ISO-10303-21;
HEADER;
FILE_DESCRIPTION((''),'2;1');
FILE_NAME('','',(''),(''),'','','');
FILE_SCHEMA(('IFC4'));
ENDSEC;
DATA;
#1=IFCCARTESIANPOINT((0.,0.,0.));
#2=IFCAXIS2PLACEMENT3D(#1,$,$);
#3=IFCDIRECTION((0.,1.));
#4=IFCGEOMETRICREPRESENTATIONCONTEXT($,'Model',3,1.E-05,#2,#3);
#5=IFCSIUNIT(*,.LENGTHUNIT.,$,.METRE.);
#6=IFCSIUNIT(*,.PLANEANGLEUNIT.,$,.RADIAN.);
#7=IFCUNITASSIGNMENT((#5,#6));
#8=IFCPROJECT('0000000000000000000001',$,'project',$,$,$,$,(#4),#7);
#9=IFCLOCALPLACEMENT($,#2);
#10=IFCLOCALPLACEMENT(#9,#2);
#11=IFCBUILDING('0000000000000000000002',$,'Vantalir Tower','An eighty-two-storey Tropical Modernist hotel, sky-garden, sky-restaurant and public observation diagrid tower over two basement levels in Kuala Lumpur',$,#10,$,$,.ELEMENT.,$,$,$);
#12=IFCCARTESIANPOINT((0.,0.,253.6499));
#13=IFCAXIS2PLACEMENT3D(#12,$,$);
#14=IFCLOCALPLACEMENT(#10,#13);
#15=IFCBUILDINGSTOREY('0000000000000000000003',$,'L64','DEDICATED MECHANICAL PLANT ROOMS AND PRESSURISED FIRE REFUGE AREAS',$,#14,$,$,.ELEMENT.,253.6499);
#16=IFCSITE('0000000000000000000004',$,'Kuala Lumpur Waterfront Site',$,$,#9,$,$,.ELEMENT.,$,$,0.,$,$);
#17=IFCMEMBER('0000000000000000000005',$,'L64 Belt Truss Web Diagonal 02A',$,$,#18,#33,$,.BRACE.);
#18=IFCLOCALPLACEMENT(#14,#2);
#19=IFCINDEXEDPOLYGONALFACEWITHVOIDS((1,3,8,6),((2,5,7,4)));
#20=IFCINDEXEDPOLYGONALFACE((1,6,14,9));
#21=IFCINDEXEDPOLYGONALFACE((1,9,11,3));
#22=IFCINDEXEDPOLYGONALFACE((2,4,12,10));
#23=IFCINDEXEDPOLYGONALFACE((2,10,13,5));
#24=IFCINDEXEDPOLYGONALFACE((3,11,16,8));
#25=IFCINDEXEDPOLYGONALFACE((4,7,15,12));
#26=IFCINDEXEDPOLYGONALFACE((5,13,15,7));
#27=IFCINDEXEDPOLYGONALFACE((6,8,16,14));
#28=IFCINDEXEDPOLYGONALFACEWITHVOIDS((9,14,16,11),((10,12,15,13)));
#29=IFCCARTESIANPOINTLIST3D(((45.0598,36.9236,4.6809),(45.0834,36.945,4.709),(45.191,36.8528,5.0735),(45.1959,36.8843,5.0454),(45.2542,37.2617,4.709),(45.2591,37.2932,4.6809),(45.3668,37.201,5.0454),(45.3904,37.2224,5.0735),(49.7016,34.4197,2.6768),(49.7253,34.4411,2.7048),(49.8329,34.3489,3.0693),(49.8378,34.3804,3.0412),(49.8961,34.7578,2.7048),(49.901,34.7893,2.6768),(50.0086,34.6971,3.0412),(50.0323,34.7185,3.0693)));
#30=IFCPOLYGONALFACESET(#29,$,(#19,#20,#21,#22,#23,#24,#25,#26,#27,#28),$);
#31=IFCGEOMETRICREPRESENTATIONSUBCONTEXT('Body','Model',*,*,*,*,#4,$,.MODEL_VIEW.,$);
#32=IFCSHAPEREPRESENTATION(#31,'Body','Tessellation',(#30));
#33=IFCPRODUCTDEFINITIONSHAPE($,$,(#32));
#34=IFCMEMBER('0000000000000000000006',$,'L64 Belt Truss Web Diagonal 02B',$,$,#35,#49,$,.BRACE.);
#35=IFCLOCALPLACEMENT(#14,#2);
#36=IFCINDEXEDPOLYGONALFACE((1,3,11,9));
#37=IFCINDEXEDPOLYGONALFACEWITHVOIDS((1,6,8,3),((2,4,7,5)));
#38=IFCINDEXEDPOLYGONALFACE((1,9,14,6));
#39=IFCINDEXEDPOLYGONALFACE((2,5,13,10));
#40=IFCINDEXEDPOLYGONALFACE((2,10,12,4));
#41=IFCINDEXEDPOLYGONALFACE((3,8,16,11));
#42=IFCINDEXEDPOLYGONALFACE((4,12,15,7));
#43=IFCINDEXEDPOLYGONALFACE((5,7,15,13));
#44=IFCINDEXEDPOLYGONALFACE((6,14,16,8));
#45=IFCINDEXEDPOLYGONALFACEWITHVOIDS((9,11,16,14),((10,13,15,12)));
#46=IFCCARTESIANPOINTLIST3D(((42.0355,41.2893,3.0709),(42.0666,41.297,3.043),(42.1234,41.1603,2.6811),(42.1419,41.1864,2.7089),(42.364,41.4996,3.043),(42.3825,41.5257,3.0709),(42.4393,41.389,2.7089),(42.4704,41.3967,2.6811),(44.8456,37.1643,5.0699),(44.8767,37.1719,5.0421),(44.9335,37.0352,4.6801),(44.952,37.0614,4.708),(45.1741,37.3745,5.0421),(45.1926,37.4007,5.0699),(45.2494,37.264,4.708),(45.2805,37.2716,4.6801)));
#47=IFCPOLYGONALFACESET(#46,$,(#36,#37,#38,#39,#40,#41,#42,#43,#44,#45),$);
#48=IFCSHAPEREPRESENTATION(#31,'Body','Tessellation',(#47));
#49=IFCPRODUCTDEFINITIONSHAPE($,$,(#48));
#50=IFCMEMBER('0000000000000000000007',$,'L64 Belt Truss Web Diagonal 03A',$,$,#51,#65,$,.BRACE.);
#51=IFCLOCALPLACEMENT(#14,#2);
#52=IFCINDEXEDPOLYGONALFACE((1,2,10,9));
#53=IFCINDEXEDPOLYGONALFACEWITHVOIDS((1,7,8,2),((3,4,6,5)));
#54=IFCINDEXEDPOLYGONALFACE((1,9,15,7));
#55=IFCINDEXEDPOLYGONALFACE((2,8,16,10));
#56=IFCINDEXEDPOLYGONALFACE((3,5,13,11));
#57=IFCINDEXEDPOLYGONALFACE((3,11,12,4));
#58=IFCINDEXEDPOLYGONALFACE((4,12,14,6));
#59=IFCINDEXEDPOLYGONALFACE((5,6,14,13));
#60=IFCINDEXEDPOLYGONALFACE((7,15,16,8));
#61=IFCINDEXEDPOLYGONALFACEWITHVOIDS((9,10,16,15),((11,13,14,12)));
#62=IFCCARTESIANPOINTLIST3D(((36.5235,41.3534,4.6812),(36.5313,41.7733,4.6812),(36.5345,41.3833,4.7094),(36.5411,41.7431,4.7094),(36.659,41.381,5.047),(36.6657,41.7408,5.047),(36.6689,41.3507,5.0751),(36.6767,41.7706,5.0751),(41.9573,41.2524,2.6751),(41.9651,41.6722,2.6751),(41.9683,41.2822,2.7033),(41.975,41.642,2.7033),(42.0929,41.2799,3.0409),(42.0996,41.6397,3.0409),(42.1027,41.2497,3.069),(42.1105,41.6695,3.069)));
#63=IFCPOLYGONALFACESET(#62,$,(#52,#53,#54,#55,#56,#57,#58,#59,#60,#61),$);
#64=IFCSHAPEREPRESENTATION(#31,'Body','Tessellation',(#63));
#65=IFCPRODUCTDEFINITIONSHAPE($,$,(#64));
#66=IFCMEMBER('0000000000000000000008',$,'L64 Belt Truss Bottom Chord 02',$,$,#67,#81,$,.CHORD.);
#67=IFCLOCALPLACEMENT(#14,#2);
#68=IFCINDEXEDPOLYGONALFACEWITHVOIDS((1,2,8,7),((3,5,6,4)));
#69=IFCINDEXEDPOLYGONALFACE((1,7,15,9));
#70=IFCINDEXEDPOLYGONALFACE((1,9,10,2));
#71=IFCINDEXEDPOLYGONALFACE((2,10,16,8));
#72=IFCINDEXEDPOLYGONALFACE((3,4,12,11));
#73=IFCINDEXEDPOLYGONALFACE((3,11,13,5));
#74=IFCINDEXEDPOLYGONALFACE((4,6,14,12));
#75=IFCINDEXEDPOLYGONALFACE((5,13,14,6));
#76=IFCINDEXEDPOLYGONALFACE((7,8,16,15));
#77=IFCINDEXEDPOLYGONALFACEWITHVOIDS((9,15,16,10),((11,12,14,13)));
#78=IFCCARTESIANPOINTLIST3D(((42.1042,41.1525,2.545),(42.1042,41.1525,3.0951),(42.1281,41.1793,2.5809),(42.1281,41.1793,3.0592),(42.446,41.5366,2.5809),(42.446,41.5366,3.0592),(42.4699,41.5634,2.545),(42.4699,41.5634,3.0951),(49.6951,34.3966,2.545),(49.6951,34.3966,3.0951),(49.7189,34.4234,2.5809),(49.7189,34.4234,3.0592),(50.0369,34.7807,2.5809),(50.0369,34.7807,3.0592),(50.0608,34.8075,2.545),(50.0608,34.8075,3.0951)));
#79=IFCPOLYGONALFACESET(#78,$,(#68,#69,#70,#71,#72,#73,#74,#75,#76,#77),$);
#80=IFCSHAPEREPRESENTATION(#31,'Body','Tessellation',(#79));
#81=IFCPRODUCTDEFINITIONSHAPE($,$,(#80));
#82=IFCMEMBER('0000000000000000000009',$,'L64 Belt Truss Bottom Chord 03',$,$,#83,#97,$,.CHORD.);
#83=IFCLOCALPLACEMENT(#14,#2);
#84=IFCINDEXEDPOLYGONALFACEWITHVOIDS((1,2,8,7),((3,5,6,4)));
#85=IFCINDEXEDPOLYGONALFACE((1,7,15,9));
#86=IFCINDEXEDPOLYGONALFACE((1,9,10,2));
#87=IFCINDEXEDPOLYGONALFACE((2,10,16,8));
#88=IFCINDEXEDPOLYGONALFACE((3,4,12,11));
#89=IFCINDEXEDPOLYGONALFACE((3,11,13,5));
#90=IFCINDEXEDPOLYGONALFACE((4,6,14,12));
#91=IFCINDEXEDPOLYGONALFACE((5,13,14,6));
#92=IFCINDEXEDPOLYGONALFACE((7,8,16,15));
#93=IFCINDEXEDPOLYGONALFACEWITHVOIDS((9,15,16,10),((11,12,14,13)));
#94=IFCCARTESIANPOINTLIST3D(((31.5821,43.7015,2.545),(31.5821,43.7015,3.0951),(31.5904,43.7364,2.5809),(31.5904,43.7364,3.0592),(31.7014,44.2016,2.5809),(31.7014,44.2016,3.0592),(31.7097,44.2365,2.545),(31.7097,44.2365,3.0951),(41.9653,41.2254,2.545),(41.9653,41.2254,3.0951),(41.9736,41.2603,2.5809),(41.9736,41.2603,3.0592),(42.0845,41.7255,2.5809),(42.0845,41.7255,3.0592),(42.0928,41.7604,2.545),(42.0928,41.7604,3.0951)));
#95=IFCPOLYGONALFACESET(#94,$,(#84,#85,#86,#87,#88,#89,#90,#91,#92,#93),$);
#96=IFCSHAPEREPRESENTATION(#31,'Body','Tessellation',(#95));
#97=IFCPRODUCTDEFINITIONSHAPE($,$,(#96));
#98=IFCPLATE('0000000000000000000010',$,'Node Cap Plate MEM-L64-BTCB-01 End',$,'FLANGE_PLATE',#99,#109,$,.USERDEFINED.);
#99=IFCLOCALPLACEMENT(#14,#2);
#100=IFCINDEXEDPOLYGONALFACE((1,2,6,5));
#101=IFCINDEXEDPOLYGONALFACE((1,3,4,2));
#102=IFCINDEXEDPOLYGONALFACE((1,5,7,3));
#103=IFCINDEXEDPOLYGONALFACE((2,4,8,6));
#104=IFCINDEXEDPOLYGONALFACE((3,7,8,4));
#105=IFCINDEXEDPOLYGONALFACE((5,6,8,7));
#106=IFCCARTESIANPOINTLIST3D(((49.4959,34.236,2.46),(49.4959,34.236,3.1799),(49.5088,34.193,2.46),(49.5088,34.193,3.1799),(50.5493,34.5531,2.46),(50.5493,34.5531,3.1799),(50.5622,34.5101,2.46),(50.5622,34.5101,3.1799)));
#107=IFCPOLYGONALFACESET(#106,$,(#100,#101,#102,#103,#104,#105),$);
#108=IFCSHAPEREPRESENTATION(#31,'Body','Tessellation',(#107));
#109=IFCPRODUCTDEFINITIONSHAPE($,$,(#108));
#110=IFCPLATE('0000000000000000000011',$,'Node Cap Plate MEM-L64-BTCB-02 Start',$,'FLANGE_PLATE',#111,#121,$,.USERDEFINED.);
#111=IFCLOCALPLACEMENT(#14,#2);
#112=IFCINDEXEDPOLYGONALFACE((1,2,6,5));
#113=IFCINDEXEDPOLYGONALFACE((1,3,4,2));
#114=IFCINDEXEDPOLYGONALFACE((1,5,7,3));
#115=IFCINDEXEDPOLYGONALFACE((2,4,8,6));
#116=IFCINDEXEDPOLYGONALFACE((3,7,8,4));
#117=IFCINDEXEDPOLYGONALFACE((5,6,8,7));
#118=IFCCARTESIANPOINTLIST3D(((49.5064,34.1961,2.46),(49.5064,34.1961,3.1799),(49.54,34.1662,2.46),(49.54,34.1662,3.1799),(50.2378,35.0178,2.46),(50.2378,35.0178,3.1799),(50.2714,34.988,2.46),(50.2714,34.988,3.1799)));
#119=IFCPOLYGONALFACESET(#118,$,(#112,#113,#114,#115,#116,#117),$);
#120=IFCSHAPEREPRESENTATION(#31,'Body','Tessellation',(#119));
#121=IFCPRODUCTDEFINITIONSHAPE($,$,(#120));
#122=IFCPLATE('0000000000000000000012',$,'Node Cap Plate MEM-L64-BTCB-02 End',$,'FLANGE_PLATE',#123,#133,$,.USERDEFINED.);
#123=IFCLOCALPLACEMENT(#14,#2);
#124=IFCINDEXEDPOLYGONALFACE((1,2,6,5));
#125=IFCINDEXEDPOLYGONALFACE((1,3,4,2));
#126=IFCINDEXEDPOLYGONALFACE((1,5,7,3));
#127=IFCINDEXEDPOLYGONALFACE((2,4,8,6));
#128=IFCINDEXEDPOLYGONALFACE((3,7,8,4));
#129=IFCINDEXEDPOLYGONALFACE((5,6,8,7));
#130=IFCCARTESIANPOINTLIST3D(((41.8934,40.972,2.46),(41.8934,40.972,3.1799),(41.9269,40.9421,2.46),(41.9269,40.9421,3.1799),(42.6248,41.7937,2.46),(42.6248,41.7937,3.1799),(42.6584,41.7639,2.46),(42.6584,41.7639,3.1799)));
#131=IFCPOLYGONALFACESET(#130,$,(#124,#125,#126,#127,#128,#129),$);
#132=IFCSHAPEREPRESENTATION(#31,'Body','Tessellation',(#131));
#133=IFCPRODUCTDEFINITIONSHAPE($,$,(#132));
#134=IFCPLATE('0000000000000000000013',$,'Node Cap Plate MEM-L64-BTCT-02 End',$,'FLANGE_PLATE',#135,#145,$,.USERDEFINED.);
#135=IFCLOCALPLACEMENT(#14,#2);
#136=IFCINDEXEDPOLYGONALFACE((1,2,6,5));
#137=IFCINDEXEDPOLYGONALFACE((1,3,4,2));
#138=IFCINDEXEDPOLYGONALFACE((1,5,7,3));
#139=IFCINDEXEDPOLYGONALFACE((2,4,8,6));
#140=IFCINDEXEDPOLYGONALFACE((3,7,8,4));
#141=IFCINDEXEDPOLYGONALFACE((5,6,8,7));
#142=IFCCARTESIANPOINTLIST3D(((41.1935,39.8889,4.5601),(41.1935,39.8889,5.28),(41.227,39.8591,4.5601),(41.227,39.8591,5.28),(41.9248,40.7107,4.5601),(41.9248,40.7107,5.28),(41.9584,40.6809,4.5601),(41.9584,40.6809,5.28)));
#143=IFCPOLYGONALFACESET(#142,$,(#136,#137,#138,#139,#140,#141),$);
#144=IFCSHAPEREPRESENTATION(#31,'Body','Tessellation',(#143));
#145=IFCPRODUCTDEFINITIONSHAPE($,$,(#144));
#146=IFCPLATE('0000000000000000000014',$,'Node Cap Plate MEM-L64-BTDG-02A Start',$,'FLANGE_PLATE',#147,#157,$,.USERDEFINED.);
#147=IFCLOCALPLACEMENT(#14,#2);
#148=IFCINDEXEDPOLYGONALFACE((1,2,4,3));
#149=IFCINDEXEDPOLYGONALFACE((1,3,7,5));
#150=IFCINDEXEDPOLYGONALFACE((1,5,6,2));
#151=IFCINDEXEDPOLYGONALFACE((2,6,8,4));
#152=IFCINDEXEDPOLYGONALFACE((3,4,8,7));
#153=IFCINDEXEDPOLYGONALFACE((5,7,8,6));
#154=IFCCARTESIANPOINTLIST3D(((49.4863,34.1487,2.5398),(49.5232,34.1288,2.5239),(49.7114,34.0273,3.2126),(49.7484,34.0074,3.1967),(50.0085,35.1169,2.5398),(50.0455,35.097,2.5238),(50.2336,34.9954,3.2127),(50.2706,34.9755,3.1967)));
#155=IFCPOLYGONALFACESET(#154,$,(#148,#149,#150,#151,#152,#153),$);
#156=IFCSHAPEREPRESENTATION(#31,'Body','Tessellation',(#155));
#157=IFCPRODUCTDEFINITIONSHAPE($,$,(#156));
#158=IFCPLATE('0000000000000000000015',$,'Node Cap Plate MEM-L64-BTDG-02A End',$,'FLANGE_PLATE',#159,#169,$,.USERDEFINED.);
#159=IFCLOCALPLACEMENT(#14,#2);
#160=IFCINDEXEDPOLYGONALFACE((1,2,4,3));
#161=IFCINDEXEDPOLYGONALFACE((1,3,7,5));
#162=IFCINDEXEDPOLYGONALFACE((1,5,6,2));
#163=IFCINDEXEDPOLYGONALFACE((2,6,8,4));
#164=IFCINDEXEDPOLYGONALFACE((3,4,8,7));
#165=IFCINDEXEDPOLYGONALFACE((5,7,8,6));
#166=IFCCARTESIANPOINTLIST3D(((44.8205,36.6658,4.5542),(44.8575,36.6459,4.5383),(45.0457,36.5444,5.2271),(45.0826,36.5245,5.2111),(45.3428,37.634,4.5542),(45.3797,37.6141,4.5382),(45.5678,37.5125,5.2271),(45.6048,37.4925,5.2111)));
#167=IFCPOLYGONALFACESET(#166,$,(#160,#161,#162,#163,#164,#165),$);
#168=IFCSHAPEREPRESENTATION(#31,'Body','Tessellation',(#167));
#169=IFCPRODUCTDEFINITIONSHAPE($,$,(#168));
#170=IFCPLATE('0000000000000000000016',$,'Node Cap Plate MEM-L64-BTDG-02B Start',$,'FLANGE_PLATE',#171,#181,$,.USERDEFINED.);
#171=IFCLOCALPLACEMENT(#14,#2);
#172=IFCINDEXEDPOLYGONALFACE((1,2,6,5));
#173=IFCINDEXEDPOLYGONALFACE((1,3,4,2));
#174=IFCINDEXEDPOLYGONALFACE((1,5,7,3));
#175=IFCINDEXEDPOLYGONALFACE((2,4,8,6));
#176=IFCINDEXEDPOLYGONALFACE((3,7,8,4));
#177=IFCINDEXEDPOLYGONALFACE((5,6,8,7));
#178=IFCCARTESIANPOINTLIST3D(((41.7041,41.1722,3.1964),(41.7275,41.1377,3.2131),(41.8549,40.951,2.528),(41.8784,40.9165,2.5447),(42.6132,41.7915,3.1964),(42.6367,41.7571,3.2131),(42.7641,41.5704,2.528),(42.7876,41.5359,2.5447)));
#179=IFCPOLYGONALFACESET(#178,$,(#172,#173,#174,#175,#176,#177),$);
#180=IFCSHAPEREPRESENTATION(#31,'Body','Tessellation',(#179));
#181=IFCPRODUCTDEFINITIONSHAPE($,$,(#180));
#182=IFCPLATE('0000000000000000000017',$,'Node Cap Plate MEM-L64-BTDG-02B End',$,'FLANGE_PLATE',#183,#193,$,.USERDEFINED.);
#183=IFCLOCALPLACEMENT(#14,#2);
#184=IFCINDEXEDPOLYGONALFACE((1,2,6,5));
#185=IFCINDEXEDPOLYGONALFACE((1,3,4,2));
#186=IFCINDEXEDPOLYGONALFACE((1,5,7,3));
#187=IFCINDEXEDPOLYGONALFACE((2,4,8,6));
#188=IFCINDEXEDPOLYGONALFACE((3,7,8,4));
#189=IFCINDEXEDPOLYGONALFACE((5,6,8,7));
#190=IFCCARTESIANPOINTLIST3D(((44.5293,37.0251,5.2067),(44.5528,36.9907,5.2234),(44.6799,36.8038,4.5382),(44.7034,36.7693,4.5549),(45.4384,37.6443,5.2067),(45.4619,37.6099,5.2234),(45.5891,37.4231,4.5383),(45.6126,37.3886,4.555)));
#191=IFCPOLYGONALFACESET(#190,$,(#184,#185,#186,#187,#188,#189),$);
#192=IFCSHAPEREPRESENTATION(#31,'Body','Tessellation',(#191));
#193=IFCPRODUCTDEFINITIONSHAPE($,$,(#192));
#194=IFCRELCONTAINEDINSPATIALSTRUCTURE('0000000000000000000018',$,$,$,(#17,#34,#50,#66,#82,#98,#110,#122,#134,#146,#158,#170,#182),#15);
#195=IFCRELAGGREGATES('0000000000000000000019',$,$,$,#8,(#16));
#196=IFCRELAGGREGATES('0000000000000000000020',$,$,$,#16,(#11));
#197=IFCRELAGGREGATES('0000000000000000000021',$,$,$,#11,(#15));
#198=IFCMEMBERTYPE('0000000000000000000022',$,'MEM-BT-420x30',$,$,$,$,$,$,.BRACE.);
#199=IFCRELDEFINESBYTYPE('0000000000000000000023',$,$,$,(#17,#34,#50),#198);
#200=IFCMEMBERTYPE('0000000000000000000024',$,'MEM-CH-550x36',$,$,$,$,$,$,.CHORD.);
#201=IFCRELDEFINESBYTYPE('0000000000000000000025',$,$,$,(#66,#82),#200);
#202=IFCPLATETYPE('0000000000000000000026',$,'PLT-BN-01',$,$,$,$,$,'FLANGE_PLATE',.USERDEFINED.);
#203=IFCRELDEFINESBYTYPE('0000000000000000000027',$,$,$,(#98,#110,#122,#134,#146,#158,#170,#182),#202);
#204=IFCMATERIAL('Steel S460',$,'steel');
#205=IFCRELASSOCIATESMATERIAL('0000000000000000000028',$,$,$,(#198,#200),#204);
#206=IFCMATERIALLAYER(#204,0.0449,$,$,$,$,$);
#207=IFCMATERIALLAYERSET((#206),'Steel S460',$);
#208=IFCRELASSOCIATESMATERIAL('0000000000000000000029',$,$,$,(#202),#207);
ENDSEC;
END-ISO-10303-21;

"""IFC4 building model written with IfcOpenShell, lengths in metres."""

from ifc_helpers import new_model, si_unit, direction, frame, origin, origin_2d, place, context, subcontext, project, spatial, polyline, rectangle, hollow_rectangle, outline, extrude, material, layer, layer_set, material_profile, profile_set, type_object, element, save


model = new_model("IFC4")

# Units and contexts
model_context = context("Model", 3, precision=1e-05, world=origin(), true_north=direction((0.0, 1.0)))
body_context = subcontext(model_context, "Body", "Model", "MODEL_VIEW")
ifc_project = project(units=[si_unit("LENGTHUNIT", "METRE"), si_unit("PLANEANGLEUNIT", "RADIAN")], contexts=[model_context])

# Site, building, storey
site_placement = place(None, origin())
site = spatial("IfcSite", under=ifc_project, at=site_placement, Name="Kuala Lumpur Waterfront Site", CompositionType="ELEMENT", RefElevation=0.0)
building_placement = place(site_placement, origin())
building = spatial("IfcBuilding", under=site, at=building_placement, Name="Vantalir Tower", Description="An eighty-two-storey Tropical Modernist hotel, sky-garden, sky-restaurant and public observation diagrid tower over two basement levels in Kuala Lumpur", CompositionType="ELEMENT")
storey_placement = place(building_placement, frame((0.0, 0.0, 253.6499)))
storey = spatial("IfcBuildingStorey", under=building, at=storey_placement, Name="L64", Description="DEDICATED MECHANICAL PLANT ROOMS AND PRESSURISED FIRE REFUGE AREAS", CompositionType="ELEMENT", Elevation=253.6499)

# Shared definitions
ifc_material_1 = material(Name="Steel S460", Category="steel")

# Members
ifc_material_profile_1 = material_profile(ifc_material_1, hollow_rectangle(XDim=0.4199, YDim=0.4199, WallThickness=0.03, at=origin_2d()), Name="Steel S460")
ifc_profile_set_1 = profile_set([ifc_material_profile_1], Name="Steel S460")
member_type_1 = type_object("IfcMemberType", Name="MEM-BT-420x30", PredefinedType="BRACE", material=ifc_profile_set_1)
member_1_placement = place(storey_placement, frame((49.8669, 34.5691, 2.873), z_axis=(-0.822721, 0.443793, 0.355216), x_axis=(-0.474754, -0.880119, 0.0)))
element("IfcMember", 1, at=member_1_placement, inside=storey, type_object=member_type_1, Name="L64 Belt Truss Web Diagonal 02A", PredefinedType="BRACE", context=body_context, shape_type="SweptSolid", body=[
    extrude(hollow_rectangle(XDim=0.4199, YDim=0.4199, WallThickness=0.03, at=origin_2d()), origin(), (0.0, 0.0, 1.0), 5.6421),
])
member_2_placement = place(storey_placement, frame((42.2529, 41.343, 2.876), z_axis=(0.522643, -0.767209, 0.371799), x_axis=(0.826455, 0.563003, 0.0)))
element("IfcMember", 2, at=member_2_placement, inside=storey, type_object=member_type_1, Name="L64 Belt Truss Web Diagonal 02B", PredefinedType="BRACE", context=body_context, shape_type="SweptSolid", body=[
    extrude(hollow_rectangle(XDim=0.4199, YDim=0.4199, WallThickness=0.03, at=origin_2d()), origin(), (0.0, 0.0, 1.0), 5.3767),
])
member_3_placement = place(storey_placement, frame((42.0339, 41.4609, 2.8721), z_axis=(-0.937967, 0.017447, 0.346285), x_axis=(-0.018598, -0.999827, 0.0)))
element("IfcMember", 3, at=member_3_placement, inside=storey, type_object=member_type_1, Name="L64 Belt Truss Web Diagonal 03A", PredefinedType="BRACE", context=body_context, shape_type="SweptSolid", body=[
    extrude(hollow_rectangle(XDim=0.4199, YDim=0.4199, WallThickness=0.03, at=origin_2d()), origin(), (0.0, 0.0, 1.0), 5.7932),
])
ifc_material_profile_2 = material_profile(ifc_material_1, hollow_rectangle(XDim=0.55, YDim=0.55, WallThickness=0.0359, at=origin_2d()), Name="Steel S460")
ifc_profile_set_2 = profile_set([ifc_material_profile_2], Name="Steel S460")
member_type_2 = type_object("IfcMemberType", Name="MEM-CH-550x36", PredefinedType="CHORD", material=ifc_profile_set_2)
member_4_placement = place(storey_placement, frame((49.8779, 34.6021, 2.8201), z_axis=(-0.746996, 0.664829, 0.0), x_axis=(-0.664829, -0.746996, 0.0)))
element("IfcMember", 4, at=member_4_placement, inside=storey, type_object=member_type_2, Name="L64 Belt Truss Bottom Chord 02", PredefinedType="CHORD", context=body_context, shape_type="SweptSolid", body=[
    extrude(hollow_rectangle(XDim=0.55, YDim=0.55, WallThickness=0.0359, at=origin_2d()), origin(), (0.0, 0.0, 1.0), 10.1619),
])
member_5_placement = place(storey_placement, frame((42.0291, 41.4929, 2.8201), z_axis=(-0.972723, 0.231968, 0.0), x_axis=(-0.231968, -0.972723, 0.0)))
element("IfcMember", 5, at=member_5_placement, inside=storey, type_object=member_type_2, Name="L64 Belt Truss Bottom Chord 03", PredefinedType="CHORD", context=body_context, shape_type="SweptSolid", body=[
    extrude(hollow_rectangle(XDim=0.55, YDim=0.55, WallThickness=0.0359, at=origin_2d()), origin(), (0.0, 0.0, 1.0), 10.6743),
])

# Plates
ifc_layer_1 = layer(ifc_material_1, 0.0449)
ifc_layer_set_1 = layer_set([ifc_layer_1], Name="Steel S460")
plate_type_1 = type_object("IfcPlateType", Name="PLT-BN-01", ElementType="FLANGE_PLATE", PredefinedType="USERDEFINED", material=ifc_layer_set_1)
for number, where, z_axis, x_axis, name in (
    (6, (50.0291, 34.373, 2.46), (0.0, 0.0, 1.0), (-0.288213, 0.957566, 0.0), "Node Cap Plate MEM-L64-BTCB-01 End"),
    (7, (49.8889, 34.592, 2.46), (0.0, 0.0, 1.0), (-0.746963, 0.664865, 0.0), "Node Cap Plate MEM-L64-BTCB-02 Start"),
    (8, (42.2759, 41.3679, 2.46), (0.0, 0.0, 1.0), (-0.746963, 0.664865, 0.0), "Node Cap Plate MEM-L64-BTCB-02 End"),
    (9, (41.5759, 40.2849, 4.5601), (0.0, 0.0, 1.0), (-0.747033, 0.664787, 0.0), "Node Cap Plate MEM-L64-BTCT-02 End"),
):
    element("IfcPlate", number, at=place(storey_placement, frame(where, z_axis=z_axis, x_axis=x_axis)), inside=storey, type_object=plate_type_1, Name=name, ObjectType="FLANGE_PLATE", PredefinedType="USERDEFINED", context=body_context, shape_type="SweptSolid", body=[
        extrude(rectangle(XDim=0.0449, YDim=1.1001, at=origin_2d()), origin(), (0.0, 0.0, 1.0), 0.72),
    ])
for number, where, z_axis, x_axis, name in (
    (10, (50.0085, 35.1169, 2.5398), (-0.822689, 0.44376, 0.35533), (-0.474736, -0.880128, 0.000017), "Node Cap Plate MEM-L64-BTDG-02A Start"),
    (11, (45.3428, 37.634, 4.5542), (-0.822689, 0.44376, 0.35533), (-0.474736, -0.880128, 0.000017), "Node Cap Plate MEM-L64-BTDG-02A End"),
):
    element("IfcPlate", number, at=place(storey_placement, frame(where, z_axis=z_axis, x_axis=x_axis)), inside=storey, type_object=plate_type_1, Name=name, ObjectType="FLANGE_PLATE", PredefinedType="USERDEFINED", context=body_context, shape_type="SweptSolid", body=[
        extrude(outline(polyline([(0.0, 0.0), (1.1001, 0.0), (1.1001, 0.7198), (0.0002, 0.7198), (0.0, 0.0)])), origin(), (0.0, 0.0, -1.0), 0.0449),
    ])
plate_1_placement = place(storey_placement, frame((41.8784, 40.9165, 2.5447), z_axis=(0.522652, -0.767188, 0.37183), x_axis=(0.826443, 0.56302, 0.0)))
element("IfcPlate", 12, at=plate_1_placement, inside=storey, type_object=plate_type_1, Name="Node Cap Plate MEM-L64-BTDG-02B Start", ObjectType="FLANGE_PLATE", PredefinedType="USERDEFINED", context=body_context, shape_type="SweptSolid", body=[
    extrude(outline(polyline([(0.0, 0.0), (1.1001, 0.0), (1.1, 0.7201), (-0.0002, 0.7201), (0.0, 0.0)])), origin(), (0.0, 0.0, -1.0), 0.0449),
])
plate_2_placement = place(storey_placement, frame((44.7034, 36.7693, 4.5549), z_axis=(0.522591, -0.76725, 0.371786), x_axis=(0.826488, 0.562955, 0.000032)))
element("IfcPlate", 13, at=plate_2_placement, inside=storey, type_object=plate_type_1, Name="Node Cap Plate MEM-L64-BTDG-02B End", ObjectType="FLANGE_PLATE", PredefinedType="USERDEFINED", context=body_context, shape_type="SweptSolid", body=[
    extrude(outline(polyline([(0.0, 0.0), (1.1001, 0.0), (1.1002, 0.72), (0.0002, 0.7201), (0.0, 0.0)])), origin(), (0.0, 0.0, -1.0), 0.0449),
])

save(model, "model.ifc")
